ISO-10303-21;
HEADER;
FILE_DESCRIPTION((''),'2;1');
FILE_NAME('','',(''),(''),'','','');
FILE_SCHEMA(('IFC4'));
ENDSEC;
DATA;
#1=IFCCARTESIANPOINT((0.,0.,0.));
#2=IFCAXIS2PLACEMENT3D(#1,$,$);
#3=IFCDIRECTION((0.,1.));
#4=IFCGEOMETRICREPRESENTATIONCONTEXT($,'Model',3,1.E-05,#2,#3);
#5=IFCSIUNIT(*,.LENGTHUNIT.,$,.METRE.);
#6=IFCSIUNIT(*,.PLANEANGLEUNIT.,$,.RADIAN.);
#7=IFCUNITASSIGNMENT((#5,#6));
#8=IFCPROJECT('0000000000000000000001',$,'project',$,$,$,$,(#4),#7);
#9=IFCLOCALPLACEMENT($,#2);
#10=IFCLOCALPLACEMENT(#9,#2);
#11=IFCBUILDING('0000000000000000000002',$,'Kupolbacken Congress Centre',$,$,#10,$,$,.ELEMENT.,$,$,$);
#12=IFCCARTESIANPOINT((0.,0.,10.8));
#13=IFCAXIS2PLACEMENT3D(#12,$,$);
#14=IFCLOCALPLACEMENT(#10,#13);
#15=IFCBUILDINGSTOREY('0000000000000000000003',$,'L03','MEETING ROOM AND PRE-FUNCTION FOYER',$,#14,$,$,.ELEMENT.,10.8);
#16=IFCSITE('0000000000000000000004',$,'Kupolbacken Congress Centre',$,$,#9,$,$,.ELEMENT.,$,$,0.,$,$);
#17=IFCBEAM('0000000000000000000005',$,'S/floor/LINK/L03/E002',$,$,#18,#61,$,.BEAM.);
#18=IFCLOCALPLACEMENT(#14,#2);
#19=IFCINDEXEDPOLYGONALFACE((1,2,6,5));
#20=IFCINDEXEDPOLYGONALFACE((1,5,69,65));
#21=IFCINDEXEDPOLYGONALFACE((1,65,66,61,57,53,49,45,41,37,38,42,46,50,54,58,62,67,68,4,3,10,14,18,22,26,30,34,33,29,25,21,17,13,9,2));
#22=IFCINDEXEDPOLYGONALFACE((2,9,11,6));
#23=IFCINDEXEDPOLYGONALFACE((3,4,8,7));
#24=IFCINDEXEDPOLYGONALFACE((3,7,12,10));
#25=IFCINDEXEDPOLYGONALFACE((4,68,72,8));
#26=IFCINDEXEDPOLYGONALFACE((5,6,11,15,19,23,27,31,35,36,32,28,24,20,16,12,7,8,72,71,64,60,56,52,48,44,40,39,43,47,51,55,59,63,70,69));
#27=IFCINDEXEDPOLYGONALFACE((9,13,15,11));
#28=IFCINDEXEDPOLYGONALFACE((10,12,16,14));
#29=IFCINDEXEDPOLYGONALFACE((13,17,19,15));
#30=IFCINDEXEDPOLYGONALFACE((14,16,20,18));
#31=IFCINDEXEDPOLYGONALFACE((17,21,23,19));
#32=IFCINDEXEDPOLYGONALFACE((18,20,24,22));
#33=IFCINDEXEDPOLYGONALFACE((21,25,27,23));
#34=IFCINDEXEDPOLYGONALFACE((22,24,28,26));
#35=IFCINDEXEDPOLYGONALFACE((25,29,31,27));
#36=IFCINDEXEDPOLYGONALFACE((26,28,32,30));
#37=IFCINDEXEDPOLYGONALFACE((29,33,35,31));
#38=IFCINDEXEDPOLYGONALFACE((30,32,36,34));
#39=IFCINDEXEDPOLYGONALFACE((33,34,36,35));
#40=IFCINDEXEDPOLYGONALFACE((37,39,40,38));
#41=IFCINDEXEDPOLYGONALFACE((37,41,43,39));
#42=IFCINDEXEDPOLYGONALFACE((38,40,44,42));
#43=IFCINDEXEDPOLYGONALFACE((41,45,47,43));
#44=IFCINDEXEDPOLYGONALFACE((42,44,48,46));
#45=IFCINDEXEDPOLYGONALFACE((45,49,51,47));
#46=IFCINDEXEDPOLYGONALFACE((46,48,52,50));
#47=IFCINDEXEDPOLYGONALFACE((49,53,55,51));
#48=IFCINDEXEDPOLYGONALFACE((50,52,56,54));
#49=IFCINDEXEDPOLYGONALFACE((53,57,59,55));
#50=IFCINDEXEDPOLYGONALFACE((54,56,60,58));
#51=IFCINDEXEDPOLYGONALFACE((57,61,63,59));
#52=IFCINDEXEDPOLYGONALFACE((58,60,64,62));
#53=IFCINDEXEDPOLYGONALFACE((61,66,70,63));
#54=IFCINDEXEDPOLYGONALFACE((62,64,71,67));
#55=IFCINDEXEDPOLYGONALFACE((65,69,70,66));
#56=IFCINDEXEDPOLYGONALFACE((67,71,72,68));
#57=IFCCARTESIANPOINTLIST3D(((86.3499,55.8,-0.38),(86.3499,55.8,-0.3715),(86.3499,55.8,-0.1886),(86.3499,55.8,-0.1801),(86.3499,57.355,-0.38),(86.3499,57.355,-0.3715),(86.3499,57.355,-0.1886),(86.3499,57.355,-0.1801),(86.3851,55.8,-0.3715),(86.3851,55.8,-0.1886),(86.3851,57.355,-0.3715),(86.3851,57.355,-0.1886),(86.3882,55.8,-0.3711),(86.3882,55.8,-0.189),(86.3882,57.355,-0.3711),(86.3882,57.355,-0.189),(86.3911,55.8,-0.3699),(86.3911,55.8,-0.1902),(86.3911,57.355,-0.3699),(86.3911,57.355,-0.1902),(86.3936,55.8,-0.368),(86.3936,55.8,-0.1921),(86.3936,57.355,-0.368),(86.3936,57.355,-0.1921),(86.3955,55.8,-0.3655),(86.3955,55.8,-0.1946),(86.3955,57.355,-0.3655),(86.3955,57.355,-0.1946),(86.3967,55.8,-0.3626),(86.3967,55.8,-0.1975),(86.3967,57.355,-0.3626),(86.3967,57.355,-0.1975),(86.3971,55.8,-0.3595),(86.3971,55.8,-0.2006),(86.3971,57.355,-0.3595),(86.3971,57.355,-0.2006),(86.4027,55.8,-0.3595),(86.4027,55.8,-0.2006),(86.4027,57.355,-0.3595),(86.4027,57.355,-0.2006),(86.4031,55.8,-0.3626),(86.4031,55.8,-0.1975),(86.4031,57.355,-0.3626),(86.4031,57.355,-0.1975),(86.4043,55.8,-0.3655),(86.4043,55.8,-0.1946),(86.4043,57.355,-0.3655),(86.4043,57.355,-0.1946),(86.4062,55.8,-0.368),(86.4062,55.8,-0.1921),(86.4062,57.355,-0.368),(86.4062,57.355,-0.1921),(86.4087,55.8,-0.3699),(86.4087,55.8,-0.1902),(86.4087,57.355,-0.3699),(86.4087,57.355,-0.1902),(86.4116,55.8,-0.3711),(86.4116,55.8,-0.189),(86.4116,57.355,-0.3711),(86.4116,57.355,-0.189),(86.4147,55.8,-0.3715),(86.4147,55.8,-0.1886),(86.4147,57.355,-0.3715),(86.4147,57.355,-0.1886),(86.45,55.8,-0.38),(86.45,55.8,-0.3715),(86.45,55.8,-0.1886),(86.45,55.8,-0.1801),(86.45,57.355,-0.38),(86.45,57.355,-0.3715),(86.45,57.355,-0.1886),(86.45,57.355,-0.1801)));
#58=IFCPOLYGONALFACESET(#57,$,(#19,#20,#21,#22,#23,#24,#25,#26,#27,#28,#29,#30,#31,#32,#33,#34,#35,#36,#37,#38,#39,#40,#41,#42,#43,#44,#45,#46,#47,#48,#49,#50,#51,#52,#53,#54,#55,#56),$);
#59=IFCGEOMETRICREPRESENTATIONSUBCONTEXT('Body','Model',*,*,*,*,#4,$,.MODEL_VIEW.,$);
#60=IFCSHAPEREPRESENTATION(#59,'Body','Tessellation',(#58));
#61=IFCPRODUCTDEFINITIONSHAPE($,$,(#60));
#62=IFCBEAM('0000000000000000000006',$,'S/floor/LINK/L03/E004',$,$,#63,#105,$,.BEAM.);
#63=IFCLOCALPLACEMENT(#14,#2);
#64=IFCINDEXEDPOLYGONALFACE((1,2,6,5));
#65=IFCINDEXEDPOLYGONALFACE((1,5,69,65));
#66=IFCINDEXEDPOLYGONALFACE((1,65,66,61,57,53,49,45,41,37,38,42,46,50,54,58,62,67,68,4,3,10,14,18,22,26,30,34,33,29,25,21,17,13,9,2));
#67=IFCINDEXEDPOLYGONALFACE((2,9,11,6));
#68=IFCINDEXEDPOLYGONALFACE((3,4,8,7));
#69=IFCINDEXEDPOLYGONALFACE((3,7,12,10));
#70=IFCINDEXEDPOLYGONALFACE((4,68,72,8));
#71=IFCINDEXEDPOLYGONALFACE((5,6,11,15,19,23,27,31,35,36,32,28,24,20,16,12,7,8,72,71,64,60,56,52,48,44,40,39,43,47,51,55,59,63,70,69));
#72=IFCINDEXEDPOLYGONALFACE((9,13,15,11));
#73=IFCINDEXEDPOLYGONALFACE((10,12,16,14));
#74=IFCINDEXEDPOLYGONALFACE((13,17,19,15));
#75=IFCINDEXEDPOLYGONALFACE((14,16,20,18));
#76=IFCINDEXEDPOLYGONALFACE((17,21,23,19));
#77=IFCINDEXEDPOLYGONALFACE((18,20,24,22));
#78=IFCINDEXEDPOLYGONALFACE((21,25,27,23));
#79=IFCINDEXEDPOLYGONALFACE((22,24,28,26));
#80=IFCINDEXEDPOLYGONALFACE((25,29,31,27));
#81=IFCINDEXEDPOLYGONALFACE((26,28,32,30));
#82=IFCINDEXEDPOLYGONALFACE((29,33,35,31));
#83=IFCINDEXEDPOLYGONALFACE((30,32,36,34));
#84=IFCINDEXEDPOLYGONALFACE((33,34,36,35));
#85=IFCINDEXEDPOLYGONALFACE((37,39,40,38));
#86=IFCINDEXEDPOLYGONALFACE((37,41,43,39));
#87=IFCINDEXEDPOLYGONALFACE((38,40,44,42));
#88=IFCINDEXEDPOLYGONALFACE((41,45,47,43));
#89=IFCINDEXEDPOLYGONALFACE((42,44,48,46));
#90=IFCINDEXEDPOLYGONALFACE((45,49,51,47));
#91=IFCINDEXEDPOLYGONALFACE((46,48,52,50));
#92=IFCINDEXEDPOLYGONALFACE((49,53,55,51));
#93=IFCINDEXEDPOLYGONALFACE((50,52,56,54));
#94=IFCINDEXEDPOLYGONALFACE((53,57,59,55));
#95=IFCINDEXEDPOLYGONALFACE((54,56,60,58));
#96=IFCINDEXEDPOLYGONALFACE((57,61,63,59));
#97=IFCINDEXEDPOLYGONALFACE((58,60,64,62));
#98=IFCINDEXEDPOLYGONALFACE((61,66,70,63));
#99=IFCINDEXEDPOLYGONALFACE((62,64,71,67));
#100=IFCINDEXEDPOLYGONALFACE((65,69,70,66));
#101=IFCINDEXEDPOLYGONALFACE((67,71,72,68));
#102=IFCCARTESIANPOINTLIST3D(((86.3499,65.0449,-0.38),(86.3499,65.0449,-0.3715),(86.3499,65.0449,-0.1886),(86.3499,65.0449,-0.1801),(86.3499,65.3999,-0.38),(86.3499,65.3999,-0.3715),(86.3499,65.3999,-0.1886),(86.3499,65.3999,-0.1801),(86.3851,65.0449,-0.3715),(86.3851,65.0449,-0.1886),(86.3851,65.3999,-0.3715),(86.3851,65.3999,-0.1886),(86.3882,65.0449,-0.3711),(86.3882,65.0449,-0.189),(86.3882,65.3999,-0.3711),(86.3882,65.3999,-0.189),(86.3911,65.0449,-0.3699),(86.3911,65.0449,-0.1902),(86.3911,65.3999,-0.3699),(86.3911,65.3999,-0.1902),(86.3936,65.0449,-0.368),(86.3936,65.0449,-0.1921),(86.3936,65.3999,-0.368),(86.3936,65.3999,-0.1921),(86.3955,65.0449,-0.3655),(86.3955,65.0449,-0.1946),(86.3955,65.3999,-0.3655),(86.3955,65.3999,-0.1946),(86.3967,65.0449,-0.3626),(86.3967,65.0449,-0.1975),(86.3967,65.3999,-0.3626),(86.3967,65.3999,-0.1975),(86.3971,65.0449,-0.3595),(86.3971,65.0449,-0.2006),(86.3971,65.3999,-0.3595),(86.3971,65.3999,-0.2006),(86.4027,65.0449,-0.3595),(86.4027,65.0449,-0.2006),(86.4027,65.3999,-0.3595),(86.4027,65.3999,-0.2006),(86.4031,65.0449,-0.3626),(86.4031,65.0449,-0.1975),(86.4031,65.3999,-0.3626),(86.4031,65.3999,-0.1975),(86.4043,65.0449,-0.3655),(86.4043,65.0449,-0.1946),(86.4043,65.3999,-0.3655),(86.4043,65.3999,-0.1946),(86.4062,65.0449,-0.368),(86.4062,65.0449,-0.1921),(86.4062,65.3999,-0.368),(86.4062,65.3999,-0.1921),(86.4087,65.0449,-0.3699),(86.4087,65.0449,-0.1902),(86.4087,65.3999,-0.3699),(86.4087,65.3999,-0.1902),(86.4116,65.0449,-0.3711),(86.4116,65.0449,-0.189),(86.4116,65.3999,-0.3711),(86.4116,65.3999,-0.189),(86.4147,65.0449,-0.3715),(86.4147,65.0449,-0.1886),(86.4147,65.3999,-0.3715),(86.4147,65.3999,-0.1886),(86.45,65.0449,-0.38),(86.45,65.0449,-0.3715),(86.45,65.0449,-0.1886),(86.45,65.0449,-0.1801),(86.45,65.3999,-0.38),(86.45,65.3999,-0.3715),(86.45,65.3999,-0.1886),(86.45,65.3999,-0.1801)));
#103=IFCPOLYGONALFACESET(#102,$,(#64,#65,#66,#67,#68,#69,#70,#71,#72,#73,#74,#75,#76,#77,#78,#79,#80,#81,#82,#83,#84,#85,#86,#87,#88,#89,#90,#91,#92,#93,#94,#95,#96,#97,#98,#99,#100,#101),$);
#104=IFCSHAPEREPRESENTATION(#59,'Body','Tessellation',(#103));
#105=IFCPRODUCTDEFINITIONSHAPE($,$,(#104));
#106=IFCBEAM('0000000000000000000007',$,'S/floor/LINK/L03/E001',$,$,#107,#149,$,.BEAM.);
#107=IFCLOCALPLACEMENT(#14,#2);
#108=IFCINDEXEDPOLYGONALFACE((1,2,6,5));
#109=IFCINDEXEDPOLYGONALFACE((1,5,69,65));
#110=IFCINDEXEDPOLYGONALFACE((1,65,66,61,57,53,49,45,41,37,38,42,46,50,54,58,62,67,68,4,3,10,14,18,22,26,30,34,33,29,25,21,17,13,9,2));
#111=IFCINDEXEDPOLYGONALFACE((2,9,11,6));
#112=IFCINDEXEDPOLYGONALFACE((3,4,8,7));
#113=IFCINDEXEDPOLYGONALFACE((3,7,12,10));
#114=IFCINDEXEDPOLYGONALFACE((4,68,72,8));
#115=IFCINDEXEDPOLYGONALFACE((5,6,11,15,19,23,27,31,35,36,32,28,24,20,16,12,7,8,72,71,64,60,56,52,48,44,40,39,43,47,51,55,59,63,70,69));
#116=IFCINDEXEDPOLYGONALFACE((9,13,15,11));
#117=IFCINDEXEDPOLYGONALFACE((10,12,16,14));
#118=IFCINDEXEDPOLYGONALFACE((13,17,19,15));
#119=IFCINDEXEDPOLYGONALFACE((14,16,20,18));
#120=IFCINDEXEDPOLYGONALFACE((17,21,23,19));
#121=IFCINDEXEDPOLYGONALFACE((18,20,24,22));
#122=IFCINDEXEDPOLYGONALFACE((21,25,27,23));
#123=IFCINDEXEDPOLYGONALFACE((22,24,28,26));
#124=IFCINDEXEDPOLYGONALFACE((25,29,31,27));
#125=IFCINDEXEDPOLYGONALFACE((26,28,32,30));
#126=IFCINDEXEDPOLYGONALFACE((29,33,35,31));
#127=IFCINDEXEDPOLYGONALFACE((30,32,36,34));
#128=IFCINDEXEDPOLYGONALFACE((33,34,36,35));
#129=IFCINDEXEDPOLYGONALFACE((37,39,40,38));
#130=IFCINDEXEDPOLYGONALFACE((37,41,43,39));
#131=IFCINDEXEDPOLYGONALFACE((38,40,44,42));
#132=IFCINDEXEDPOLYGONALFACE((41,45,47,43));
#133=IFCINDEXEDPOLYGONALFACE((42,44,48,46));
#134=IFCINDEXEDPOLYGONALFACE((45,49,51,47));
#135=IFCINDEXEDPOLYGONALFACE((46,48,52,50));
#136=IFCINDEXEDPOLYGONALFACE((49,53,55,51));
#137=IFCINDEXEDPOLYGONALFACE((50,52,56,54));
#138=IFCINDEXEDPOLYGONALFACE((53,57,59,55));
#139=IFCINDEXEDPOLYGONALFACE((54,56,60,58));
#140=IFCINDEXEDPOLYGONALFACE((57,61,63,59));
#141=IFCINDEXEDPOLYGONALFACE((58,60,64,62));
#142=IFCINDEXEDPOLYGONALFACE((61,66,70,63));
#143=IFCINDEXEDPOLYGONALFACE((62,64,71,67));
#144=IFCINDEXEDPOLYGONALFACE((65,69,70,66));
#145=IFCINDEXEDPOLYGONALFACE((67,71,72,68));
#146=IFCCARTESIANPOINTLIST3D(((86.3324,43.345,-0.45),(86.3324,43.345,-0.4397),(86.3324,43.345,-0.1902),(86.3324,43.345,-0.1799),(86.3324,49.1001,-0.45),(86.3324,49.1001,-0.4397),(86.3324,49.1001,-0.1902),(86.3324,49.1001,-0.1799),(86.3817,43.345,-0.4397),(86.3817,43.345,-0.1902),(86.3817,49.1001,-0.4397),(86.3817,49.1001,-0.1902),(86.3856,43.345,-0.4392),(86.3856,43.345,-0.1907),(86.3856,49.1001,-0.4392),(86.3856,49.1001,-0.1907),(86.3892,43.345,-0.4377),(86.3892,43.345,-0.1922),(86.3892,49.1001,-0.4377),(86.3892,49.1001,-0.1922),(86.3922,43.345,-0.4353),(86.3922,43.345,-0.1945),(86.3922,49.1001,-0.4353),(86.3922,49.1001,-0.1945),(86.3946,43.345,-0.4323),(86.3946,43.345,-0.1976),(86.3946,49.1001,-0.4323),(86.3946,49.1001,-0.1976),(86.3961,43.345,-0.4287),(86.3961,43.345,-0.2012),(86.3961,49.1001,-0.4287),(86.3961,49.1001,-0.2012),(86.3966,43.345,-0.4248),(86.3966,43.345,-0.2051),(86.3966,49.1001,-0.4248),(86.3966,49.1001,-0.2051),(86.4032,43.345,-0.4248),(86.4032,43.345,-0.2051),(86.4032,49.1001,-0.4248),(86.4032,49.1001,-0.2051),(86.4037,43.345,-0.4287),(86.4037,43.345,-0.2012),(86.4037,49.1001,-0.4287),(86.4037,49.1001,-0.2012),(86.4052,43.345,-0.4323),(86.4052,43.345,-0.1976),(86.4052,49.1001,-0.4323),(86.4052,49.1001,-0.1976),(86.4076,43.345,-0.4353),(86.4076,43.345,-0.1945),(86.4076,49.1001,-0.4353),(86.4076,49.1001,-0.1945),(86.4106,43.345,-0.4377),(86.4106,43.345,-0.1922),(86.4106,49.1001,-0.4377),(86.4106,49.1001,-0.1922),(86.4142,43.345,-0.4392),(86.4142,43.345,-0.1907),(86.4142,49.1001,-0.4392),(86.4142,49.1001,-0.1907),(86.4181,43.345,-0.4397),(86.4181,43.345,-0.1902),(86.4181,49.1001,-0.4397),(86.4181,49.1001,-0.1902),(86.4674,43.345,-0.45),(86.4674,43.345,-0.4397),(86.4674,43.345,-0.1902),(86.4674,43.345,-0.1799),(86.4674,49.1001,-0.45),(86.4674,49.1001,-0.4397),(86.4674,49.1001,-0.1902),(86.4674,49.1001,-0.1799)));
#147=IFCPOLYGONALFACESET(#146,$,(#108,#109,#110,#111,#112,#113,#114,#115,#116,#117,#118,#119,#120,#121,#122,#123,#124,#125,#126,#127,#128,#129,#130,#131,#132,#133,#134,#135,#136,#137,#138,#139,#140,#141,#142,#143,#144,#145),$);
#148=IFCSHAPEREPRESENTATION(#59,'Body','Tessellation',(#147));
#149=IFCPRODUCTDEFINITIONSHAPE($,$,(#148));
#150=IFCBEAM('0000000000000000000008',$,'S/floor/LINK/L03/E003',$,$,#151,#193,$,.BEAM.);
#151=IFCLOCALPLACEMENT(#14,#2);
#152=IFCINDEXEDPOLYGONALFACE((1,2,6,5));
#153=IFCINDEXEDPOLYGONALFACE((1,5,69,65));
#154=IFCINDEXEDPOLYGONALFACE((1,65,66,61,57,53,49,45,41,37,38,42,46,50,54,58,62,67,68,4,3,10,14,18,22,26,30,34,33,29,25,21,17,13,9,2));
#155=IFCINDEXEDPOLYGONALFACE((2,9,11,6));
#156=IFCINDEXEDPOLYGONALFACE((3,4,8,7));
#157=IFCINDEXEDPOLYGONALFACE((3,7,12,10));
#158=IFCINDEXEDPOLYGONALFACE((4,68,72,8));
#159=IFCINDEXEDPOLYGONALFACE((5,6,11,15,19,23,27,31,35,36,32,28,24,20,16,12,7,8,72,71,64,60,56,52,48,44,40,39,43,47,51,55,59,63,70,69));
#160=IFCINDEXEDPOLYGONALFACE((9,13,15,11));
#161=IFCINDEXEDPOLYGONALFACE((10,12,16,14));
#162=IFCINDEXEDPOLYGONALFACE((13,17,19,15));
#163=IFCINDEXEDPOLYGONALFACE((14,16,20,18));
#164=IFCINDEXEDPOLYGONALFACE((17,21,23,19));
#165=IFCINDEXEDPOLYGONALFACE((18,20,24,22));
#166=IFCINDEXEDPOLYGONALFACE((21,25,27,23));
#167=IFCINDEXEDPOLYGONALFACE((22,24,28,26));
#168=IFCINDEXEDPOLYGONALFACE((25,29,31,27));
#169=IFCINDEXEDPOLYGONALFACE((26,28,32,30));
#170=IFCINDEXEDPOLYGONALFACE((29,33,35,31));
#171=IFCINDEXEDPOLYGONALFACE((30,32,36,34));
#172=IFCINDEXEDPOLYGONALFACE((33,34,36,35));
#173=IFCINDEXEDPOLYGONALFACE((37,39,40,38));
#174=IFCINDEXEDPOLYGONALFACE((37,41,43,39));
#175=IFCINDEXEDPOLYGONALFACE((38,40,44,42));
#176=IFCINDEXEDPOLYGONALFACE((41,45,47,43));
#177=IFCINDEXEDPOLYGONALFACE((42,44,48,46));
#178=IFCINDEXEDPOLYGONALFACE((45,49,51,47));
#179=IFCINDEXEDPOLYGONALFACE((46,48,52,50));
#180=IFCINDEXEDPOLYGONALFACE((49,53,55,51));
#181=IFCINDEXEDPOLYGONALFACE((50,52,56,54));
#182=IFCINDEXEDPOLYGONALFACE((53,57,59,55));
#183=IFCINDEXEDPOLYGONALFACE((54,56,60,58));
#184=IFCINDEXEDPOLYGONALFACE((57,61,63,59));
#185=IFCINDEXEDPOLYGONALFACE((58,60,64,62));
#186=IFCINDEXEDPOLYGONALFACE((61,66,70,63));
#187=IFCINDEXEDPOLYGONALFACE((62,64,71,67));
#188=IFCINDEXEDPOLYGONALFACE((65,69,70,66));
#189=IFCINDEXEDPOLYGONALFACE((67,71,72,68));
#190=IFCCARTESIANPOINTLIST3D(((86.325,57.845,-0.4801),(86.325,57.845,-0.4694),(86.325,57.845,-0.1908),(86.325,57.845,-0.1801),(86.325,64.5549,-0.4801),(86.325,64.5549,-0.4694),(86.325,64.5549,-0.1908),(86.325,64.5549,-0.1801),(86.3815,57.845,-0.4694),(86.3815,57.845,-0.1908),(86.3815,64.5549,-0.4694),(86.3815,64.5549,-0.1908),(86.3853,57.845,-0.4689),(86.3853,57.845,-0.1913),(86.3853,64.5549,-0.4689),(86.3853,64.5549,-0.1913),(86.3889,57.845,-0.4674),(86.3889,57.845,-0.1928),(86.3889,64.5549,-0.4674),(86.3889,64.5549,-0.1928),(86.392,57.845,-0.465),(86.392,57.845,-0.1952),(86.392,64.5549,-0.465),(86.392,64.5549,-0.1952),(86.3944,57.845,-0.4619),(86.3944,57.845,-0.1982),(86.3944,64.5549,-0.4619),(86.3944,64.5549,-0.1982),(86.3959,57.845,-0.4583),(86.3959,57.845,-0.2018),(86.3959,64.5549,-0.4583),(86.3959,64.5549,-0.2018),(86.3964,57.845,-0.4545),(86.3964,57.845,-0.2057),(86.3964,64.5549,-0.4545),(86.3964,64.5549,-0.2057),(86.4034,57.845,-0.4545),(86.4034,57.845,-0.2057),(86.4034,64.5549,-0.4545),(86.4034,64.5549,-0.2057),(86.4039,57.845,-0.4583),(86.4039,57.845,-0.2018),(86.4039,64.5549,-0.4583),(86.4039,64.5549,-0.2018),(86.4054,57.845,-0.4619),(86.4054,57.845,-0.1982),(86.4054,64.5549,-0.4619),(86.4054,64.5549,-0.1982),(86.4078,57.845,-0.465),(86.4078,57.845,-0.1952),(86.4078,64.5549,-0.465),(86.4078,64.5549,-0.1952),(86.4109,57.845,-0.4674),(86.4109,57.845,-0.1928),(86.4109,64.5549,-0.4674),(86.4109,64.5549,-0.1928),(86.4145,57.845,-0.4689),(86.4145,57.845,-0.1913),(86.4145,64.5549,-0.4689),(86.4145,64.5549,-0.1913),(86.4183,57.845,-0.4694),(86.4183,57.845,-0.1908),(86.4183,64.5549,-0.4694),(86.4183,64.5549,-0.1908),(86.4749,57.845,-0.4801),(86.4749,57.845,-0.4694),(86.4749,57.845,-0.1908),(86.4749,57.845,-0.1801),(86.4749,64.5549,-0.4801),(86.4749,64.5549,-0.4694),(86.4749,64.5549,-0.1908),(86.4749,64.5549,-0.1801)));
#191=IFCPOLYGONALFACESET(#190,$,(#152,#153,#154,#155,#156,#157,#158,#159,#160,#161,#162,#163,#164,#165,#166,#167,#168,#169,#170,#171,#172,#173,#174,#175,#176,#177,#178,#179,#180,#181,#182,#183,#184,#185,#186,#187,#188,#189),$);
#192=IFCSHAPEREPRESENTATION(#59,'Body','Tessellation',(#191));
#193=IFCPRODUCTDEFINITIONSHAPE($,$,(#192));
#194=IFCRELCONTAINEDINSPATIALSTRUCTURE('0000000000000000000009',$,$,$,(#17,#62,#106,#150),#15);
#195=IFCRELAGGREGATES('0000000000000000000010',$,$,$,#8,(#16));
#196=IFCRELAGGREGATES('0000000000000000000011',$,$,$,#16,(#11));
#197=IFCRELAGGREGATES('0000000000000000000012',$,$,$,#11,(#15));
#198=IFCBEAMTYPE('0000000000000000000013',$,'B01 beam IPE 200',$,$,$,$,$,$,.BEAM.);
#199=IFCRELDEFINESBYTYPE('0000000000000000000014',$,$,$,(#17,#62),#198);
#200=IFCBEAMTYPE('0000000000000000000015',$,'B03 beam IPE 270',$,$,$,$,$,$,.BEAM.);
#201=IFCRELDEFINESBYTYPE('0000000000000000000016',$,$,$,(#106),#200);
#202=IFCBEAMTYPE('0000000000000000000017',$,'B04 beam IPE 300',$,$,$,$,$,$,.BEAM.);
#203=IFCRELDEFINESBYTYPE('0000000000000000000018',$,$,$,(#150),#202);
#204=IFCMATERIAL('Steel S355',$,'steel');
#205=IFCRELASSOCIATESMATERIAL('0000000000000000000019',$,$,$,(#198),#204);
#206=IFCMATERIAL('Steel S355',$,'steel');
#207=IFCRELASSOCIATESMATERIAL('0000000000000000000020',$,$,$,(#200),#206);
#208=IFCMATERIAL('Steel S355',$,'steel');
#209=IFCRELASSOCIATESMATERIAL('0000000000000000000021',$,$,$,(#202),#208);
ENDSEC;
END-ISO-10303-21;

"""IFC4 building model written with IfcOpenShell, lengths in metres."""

from ifc_helpers import new_model, si_unit, direction, frame, origin, origin_2d, place, context, subcontext, project, spatial, i_section, extrude, material, material_profile, profile_set, type_object, element, save


model = new_model("IFC4")

# Units and contexts
model_context = context("Model", 3, precision=1e-05, world=origin(), true_north=direction((0.0, 1.0)))
body_context = subcontext(model_context, "Body", "Model", "MODEL_VIEW")
ifc_project = project(units=[si_unit("LENGTHUNIT", "METRE"), si_unit("PLANEANGLEUNIT", "RADIAN")], contexts=[model_context])

# Site, building, storey
site_placement = place(None, origin())
site = spatial("IfcSite", under=ifc_project, at=site_placement, Name="Kupolbacken Congress Centre", CompositionType="ELEMENT", RefElevation=0.0)
building_placement = place(site_placement, origin())
building = spatial("IfcBuilding", under=site, at=building_placement, Name="Kupolbacken Congress Centre", CompositionType="ELEMENT")
storey_placement = place(building_placement, frame((0.0, 0.0, 10.8)))
storey = spatial("IfcBuildingStorey", under=building, at=storey_placement, Name="L03", Description="MEETING ROOM AND PRE-FUNCTION FOYER", CompositionType="ELEMENT", Elevation=10.8)

# Beams
ifc_material_1 = material(Name="Steel S355", Category="steel")
ifc_material_profile_1 = material_profile(ifc_material_1, i_section(OverallWidth=0.1001, OverallDepth=0.2, WebThickness=0.0056, FlangeThickness=0.0085, FilletRadius=0.012, at=origin_2d()), Name="IPE 200")
ifc_profile_set_1 = profile_set([ifc_material_profile_1], Name="Steel S355")
beam_type_1 = type_object("IfcBeamType", Name="B01 beam IPE 200", PredefinedType="BEAM", material=ifc_profile_set_1)
beam_1_placement = place(storey_placement, frame((86.3999, 55.8, -0.28), z_axis=(0.0, 1.0, 0.0), x_axis=(-1.0, 0.0, 0.0)))
element("IfcBeam", 1, at=beam_1_placement, inside=storey, type_object=beam_type_1, Name="S/floor/LINK/L03/E002", PredefinedType="BEAM", context=body_context, shape_type="SweptSolid", body=[
    extrude(i_section(OverallWidth=0.1001, OverallDepth=0.2, WebThickness=0.0056, FlangeThickness=0.0085, FilletRadius=0.012, at=origin_2d()), origin(), (0.0, 0.0, 1.0), 1.5549),
])
beam_2_placement = place(storey_placement, frame((86.3999, 65.0449, -0.28), z_axis=(0.0, 1.0, 0.0), x_axis=(-1.0, 0.0, 0.0)))
element("IfcBeam", 2, at=beam_2_placement, inside=storey, type_object=beam_type_1, Name="S/floor/LINK/L03/E004", PredefinedType="BEAM", context=body_context, shape_type="SweptSolid", body=[
    extrude(i_section(OverallWidth=0.1001, OverallDepth=0.2, WebThickness=0.0056, FlangeThickness=0.0085, FilletRadius=0.012, at=origin_2d()), origin(), (0.0, 0.0, 1.0), 0.355),
])
ifc_material_2 = material(Name="Steel S355", Category="steel")
ifc_material_profile_2 = material_profile(ifc_material_2, i_section(OverallWidth=0.135, OverallDepth=0.27, WebThickness=0.0066, FlangeThickness=0.0103, FilletRadius=0.0149, at=origin_2d()), Name="IPE 270")
ifc_profile_set_2 = profile_set([ifc_material_profile_2], Name="Steel S355")
beam_type_2 = type_object("IfcBeamType", Name="B03 beam IPE 270", PredefinedType="BEAM", material=ifc_profile_set_2)
beam_3_placement = place(storey_placement, frame((86.3999, 43.345, -0.3149), z_axis=(0.0, 1.0, 0.0), x_axis=(-1.0, 0.0, 0.0)))
element("IfcBeam", 3, at=beam_3_placement, inside=storey, type_object=beam_type_2, Name="S/floor/LINK/L03/E001", PredefinedType="BEAM", context=body_context, shape_type="SweptSolid", body=[
    extrude(i_section(OverallWidth=0.135, OverallDepth=0.27, WebThickness=0.0066, FlangeThickness=0.0103, FilletRadius=0.0149, at=origin_2d()), origin(), (0.0, 0.0, 1.0), 5.7551),
])
ifc_material_3 = material(Name="Steel S355", Category="steel")
ifc_material_profile_3 = material_profile(ifc_material_3, i_section(OverallWidth=0.1499, OverallDepth=0.3, WebThickness=0.0071, FlangeThickness=0.0107, FilletRadius=0.0149, at=origin_2d()), Name="IPE 300")
ifc_profile_set_3 = profile_set([ifc_material_profile_3], Name="Steel S355")
beam_type_3 = type_object("IfcBeamType", Name="B04 beam IPE 300", PredefinedType="BEAM", material=ifc_profile_set_3)
beam_4_placement = place(storey_placement, frame((86.3999, 57.845, -0.3301), z_axis=(0.0, 1.0, 0.0), x_axis=(-1.0, 0.0, 0.0)))
element("IfcBeam", 4, at=beam_4_placement, inside=storey, type_object=beam_type_3, Name="S/floor/LINK/L03/E003", PredefinedType="BEAM", context=body_context, shape_type="SweptSolid", body=[
    extrude(i_section(OverallWidth=0.1499, OverallDepth=0.3, WebThickness=0.0071, FlangeThickness=0.0107, FilletRadius=0.0149, at=origin_2d()), origin(), (0.0, 0.0, 1.0), 6.71),
])

save(model, "model.ifc")
